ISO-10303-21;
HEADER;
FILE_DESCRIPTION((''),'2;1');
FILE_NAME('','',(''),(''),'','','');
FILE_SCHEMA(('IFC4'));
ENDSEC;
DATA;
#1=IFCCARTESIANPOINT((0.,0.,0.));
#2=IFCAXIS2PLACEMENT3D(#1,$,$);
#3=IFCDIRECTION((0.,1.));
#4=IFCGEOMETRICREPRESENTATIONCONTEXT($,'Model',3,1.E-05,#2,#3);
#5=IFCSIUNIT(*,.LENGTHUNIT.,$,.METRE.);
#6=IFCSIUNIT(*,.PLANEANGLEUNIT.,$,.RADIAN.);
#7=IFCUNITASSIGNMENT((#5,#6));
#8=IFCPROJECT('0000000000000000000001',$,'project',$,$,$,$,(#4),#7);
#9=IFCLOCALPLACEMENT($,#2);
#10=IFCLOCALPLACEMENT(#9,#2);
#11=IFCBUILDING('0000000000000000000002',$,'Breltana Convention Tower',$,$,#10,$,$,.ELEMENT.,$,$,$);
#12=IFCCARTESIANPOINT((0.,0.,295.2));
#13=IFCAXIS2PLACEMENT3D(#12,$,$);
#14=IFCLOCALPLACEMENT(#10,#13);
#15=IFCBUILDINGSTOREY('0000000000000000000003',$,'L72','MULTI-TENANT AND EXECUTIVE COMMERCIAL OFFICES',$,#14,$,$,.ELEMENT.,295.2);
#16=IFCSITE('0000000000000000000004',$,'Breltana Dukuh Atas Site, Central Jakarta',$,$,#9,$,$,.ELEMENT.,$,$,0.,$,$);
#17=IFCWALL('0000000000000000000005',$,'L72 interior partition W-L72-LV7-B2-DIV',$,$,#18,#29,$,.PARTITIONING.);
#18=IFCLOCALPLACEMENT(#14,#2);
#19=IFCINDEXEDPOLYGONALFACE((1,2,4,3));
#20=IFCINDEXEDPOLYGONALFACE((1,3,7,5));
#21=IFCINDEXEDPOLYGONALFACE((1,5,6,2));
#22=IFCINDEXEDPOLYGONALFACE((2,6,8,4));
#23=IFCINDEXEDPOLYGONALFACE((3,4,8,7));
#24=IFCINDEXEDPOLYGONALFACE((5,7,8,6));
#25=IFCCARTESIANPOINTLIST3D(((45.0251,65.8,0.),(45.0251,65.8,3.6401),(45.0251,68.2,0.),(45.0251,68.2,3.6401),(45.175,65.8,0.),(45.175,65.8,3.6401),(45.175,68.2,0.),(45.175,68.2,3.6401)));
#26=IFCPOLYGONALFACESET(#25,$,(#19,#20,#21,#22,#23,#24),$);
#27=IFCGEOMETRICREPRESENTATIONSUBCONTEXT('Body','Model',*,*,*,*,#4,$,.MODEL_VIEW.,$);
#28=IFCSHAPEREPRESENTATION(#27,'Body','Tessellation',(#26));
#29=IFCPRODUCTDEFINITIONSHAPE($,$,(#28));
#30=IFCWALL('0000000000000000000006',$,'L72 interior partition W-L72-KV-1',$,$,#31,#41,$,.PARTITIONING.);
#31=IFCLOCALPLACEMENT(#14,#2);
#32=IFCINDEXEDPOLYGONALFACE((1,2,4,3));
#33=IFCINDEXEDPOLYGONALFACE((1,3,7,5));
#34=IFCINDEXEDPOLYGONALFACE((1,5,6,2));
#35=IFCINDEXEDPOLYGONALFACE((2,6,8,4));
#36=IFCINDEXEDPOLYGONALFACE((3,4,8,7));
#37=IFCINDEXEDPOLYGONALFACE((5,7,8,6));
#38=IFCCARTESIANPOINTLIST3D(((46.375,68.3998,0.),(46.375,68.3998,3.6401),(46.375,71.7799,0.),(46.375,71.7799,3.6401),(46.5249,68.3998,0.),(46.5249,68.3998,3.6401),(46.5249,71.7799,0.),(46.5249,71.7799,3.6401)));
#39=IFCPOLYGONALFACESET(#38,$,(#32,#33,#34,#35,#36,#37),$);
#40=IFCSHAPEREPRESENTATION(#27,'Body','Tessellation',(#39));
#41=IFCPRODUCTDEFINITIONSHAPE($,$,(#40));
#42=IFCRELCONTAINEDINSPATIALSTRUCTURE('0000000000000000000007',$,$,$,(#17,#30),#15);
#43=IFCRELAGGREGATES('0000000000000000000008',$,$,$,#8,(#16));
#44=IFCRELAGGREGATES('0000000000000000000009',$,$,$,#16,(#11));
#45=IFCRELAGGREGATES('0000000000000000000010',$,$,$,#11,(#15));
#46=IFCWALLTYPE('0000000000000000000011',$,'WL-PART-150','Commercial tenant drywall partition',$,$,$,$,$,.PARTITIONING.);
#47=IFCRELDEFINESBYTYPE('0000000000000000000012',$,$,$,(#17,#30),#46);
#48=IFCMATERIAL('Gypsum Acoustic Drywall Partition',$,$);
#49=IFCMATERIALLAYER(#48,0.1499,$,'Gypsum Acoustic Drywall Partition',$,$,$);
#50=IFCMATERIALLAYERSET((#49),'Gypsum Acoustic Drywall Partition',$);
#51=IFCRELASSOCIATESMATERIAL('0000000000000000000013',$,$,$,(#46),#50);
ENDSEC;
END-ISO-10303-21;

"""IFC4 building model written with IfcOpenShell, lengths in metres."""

from ifc_helpers import new_model, si_unit, direction, frame, frame_2d, origin, place, context, subcontext, project, spatial, rectangle, extrude, source, transform, mapped, material, layer, layer_set, type_object, element, save


model = new_model("IFC4")

# Units and contexts
model_context = context("Model", 3, precision=1e-05, world=origin(), true_north=direction((0.0, 1.0)))
body_context = subcontext(model_context, "Body", "Model", "MODEL_VIEW")
ifc_project = project(units=[si_unit("LENGTHUNIT", "METRE"), si_unit("PLANEANGLEUNIT", "RADIAN")], contexts=[model_context])

# Site, building, storey
site_placement = place(None, origin())
site = spatial("IfcSite", under=ifc_project, at=site_placement, Name="Breltana Dukuh Atas Site, Central Jakarta", CompositionType="ELEMENT", RefElevation=0.0)
building_placement = place(site_placement, origin())
building = spatial("IfcBuilding", under=site, at=building_placement, Name="Breltana Convention Tower", CompositionType="ELEMENT")
storey_placement = place(building_placement, frame((0.0, 0.0, 295.2)))
storey = spatial("IfcBuildingStorey", under=building, at=storey_placement, Name="L72", Description="MULTI-TENANT AND EXECUTIVE COMMERCIAL OFFICES", CompositionType="ELEMENT", Elevation=295.2)

# Shared definitions
ifc_material_1 = material(Name="Gypsum Acoustic Drywall Partition")
ifc_layer_1 = layer(ifc_material_1, 0.1499, Name="Gypsum Acoustic Drywall Partition")
ifc_layer_set_1 = layer_set([ifc_layer_1], Name="Gypsum Acoustic Drywall Partition")
wall_type_1 = type_object("IfcWallType", Name="WL-PART-150", Description="Commercial tenant drywall partition", PredefinedType="PARTITIONING", material=ifc_layer_set_1)

# Walls
shared_shape_1 = source(origin(), body_context, "Body", "SweptSolid", [
    extrude(rectangle(XDim=2.3999, YDim=0.1499, at=frame_2d((1.2, 0.0))), origin(), (0.0, 0.0, 1.0), 3.6401),
])
wall_1_placement = place(storey_placement, frame((45.1001, 65.8, 0.0), z_axis=(0.0, 0.0, 1.0), x_axis=(0.0, 1.0, 0.0)))
element("IfcWall", 1, at=wall_1_placement, inside=storey, type_object=wall_type_1, Name="L72 interior partition W-L72-LV7-B2-DIV", PredefinedType="PARTITIONING", context=body_context, shape_type="MappedRepresentation", body=[
    mapped(shared_shape_1, transform((0.0, 0.0, 0.0), scale=1.0)),
])
shared_shape_2 = source(origin(), body_context, "Body", "SweptSolid", [
    extrude(rectangle(XDim=3.3801, YDim=0.1499, at=frame_2d((1.6899, 0.0))), origin(), (0.0, 0.0, 1.0), 3.6401),
])
wall_2_placement = place(storey_placement, frame((46.45, 68.3999, 0.0), z_axis=(0.0, 0.0, 1.0), x_axis=(0.0, 1.0, 0.0)))
element("IfcWall", 2, at=wall_2_placement, inside=storey, type_object=wall_type_1, Name="L72 interior partition W-L72-KV-1", PredefinedType="PARTITIONING", context=body_context, shape_type="MappedRepresentation", body=[
    mapped(shared_shape_2, transform((0.0, 0.0, 0.0), scale=1.0)),
])

save(model, "model.ifc")
